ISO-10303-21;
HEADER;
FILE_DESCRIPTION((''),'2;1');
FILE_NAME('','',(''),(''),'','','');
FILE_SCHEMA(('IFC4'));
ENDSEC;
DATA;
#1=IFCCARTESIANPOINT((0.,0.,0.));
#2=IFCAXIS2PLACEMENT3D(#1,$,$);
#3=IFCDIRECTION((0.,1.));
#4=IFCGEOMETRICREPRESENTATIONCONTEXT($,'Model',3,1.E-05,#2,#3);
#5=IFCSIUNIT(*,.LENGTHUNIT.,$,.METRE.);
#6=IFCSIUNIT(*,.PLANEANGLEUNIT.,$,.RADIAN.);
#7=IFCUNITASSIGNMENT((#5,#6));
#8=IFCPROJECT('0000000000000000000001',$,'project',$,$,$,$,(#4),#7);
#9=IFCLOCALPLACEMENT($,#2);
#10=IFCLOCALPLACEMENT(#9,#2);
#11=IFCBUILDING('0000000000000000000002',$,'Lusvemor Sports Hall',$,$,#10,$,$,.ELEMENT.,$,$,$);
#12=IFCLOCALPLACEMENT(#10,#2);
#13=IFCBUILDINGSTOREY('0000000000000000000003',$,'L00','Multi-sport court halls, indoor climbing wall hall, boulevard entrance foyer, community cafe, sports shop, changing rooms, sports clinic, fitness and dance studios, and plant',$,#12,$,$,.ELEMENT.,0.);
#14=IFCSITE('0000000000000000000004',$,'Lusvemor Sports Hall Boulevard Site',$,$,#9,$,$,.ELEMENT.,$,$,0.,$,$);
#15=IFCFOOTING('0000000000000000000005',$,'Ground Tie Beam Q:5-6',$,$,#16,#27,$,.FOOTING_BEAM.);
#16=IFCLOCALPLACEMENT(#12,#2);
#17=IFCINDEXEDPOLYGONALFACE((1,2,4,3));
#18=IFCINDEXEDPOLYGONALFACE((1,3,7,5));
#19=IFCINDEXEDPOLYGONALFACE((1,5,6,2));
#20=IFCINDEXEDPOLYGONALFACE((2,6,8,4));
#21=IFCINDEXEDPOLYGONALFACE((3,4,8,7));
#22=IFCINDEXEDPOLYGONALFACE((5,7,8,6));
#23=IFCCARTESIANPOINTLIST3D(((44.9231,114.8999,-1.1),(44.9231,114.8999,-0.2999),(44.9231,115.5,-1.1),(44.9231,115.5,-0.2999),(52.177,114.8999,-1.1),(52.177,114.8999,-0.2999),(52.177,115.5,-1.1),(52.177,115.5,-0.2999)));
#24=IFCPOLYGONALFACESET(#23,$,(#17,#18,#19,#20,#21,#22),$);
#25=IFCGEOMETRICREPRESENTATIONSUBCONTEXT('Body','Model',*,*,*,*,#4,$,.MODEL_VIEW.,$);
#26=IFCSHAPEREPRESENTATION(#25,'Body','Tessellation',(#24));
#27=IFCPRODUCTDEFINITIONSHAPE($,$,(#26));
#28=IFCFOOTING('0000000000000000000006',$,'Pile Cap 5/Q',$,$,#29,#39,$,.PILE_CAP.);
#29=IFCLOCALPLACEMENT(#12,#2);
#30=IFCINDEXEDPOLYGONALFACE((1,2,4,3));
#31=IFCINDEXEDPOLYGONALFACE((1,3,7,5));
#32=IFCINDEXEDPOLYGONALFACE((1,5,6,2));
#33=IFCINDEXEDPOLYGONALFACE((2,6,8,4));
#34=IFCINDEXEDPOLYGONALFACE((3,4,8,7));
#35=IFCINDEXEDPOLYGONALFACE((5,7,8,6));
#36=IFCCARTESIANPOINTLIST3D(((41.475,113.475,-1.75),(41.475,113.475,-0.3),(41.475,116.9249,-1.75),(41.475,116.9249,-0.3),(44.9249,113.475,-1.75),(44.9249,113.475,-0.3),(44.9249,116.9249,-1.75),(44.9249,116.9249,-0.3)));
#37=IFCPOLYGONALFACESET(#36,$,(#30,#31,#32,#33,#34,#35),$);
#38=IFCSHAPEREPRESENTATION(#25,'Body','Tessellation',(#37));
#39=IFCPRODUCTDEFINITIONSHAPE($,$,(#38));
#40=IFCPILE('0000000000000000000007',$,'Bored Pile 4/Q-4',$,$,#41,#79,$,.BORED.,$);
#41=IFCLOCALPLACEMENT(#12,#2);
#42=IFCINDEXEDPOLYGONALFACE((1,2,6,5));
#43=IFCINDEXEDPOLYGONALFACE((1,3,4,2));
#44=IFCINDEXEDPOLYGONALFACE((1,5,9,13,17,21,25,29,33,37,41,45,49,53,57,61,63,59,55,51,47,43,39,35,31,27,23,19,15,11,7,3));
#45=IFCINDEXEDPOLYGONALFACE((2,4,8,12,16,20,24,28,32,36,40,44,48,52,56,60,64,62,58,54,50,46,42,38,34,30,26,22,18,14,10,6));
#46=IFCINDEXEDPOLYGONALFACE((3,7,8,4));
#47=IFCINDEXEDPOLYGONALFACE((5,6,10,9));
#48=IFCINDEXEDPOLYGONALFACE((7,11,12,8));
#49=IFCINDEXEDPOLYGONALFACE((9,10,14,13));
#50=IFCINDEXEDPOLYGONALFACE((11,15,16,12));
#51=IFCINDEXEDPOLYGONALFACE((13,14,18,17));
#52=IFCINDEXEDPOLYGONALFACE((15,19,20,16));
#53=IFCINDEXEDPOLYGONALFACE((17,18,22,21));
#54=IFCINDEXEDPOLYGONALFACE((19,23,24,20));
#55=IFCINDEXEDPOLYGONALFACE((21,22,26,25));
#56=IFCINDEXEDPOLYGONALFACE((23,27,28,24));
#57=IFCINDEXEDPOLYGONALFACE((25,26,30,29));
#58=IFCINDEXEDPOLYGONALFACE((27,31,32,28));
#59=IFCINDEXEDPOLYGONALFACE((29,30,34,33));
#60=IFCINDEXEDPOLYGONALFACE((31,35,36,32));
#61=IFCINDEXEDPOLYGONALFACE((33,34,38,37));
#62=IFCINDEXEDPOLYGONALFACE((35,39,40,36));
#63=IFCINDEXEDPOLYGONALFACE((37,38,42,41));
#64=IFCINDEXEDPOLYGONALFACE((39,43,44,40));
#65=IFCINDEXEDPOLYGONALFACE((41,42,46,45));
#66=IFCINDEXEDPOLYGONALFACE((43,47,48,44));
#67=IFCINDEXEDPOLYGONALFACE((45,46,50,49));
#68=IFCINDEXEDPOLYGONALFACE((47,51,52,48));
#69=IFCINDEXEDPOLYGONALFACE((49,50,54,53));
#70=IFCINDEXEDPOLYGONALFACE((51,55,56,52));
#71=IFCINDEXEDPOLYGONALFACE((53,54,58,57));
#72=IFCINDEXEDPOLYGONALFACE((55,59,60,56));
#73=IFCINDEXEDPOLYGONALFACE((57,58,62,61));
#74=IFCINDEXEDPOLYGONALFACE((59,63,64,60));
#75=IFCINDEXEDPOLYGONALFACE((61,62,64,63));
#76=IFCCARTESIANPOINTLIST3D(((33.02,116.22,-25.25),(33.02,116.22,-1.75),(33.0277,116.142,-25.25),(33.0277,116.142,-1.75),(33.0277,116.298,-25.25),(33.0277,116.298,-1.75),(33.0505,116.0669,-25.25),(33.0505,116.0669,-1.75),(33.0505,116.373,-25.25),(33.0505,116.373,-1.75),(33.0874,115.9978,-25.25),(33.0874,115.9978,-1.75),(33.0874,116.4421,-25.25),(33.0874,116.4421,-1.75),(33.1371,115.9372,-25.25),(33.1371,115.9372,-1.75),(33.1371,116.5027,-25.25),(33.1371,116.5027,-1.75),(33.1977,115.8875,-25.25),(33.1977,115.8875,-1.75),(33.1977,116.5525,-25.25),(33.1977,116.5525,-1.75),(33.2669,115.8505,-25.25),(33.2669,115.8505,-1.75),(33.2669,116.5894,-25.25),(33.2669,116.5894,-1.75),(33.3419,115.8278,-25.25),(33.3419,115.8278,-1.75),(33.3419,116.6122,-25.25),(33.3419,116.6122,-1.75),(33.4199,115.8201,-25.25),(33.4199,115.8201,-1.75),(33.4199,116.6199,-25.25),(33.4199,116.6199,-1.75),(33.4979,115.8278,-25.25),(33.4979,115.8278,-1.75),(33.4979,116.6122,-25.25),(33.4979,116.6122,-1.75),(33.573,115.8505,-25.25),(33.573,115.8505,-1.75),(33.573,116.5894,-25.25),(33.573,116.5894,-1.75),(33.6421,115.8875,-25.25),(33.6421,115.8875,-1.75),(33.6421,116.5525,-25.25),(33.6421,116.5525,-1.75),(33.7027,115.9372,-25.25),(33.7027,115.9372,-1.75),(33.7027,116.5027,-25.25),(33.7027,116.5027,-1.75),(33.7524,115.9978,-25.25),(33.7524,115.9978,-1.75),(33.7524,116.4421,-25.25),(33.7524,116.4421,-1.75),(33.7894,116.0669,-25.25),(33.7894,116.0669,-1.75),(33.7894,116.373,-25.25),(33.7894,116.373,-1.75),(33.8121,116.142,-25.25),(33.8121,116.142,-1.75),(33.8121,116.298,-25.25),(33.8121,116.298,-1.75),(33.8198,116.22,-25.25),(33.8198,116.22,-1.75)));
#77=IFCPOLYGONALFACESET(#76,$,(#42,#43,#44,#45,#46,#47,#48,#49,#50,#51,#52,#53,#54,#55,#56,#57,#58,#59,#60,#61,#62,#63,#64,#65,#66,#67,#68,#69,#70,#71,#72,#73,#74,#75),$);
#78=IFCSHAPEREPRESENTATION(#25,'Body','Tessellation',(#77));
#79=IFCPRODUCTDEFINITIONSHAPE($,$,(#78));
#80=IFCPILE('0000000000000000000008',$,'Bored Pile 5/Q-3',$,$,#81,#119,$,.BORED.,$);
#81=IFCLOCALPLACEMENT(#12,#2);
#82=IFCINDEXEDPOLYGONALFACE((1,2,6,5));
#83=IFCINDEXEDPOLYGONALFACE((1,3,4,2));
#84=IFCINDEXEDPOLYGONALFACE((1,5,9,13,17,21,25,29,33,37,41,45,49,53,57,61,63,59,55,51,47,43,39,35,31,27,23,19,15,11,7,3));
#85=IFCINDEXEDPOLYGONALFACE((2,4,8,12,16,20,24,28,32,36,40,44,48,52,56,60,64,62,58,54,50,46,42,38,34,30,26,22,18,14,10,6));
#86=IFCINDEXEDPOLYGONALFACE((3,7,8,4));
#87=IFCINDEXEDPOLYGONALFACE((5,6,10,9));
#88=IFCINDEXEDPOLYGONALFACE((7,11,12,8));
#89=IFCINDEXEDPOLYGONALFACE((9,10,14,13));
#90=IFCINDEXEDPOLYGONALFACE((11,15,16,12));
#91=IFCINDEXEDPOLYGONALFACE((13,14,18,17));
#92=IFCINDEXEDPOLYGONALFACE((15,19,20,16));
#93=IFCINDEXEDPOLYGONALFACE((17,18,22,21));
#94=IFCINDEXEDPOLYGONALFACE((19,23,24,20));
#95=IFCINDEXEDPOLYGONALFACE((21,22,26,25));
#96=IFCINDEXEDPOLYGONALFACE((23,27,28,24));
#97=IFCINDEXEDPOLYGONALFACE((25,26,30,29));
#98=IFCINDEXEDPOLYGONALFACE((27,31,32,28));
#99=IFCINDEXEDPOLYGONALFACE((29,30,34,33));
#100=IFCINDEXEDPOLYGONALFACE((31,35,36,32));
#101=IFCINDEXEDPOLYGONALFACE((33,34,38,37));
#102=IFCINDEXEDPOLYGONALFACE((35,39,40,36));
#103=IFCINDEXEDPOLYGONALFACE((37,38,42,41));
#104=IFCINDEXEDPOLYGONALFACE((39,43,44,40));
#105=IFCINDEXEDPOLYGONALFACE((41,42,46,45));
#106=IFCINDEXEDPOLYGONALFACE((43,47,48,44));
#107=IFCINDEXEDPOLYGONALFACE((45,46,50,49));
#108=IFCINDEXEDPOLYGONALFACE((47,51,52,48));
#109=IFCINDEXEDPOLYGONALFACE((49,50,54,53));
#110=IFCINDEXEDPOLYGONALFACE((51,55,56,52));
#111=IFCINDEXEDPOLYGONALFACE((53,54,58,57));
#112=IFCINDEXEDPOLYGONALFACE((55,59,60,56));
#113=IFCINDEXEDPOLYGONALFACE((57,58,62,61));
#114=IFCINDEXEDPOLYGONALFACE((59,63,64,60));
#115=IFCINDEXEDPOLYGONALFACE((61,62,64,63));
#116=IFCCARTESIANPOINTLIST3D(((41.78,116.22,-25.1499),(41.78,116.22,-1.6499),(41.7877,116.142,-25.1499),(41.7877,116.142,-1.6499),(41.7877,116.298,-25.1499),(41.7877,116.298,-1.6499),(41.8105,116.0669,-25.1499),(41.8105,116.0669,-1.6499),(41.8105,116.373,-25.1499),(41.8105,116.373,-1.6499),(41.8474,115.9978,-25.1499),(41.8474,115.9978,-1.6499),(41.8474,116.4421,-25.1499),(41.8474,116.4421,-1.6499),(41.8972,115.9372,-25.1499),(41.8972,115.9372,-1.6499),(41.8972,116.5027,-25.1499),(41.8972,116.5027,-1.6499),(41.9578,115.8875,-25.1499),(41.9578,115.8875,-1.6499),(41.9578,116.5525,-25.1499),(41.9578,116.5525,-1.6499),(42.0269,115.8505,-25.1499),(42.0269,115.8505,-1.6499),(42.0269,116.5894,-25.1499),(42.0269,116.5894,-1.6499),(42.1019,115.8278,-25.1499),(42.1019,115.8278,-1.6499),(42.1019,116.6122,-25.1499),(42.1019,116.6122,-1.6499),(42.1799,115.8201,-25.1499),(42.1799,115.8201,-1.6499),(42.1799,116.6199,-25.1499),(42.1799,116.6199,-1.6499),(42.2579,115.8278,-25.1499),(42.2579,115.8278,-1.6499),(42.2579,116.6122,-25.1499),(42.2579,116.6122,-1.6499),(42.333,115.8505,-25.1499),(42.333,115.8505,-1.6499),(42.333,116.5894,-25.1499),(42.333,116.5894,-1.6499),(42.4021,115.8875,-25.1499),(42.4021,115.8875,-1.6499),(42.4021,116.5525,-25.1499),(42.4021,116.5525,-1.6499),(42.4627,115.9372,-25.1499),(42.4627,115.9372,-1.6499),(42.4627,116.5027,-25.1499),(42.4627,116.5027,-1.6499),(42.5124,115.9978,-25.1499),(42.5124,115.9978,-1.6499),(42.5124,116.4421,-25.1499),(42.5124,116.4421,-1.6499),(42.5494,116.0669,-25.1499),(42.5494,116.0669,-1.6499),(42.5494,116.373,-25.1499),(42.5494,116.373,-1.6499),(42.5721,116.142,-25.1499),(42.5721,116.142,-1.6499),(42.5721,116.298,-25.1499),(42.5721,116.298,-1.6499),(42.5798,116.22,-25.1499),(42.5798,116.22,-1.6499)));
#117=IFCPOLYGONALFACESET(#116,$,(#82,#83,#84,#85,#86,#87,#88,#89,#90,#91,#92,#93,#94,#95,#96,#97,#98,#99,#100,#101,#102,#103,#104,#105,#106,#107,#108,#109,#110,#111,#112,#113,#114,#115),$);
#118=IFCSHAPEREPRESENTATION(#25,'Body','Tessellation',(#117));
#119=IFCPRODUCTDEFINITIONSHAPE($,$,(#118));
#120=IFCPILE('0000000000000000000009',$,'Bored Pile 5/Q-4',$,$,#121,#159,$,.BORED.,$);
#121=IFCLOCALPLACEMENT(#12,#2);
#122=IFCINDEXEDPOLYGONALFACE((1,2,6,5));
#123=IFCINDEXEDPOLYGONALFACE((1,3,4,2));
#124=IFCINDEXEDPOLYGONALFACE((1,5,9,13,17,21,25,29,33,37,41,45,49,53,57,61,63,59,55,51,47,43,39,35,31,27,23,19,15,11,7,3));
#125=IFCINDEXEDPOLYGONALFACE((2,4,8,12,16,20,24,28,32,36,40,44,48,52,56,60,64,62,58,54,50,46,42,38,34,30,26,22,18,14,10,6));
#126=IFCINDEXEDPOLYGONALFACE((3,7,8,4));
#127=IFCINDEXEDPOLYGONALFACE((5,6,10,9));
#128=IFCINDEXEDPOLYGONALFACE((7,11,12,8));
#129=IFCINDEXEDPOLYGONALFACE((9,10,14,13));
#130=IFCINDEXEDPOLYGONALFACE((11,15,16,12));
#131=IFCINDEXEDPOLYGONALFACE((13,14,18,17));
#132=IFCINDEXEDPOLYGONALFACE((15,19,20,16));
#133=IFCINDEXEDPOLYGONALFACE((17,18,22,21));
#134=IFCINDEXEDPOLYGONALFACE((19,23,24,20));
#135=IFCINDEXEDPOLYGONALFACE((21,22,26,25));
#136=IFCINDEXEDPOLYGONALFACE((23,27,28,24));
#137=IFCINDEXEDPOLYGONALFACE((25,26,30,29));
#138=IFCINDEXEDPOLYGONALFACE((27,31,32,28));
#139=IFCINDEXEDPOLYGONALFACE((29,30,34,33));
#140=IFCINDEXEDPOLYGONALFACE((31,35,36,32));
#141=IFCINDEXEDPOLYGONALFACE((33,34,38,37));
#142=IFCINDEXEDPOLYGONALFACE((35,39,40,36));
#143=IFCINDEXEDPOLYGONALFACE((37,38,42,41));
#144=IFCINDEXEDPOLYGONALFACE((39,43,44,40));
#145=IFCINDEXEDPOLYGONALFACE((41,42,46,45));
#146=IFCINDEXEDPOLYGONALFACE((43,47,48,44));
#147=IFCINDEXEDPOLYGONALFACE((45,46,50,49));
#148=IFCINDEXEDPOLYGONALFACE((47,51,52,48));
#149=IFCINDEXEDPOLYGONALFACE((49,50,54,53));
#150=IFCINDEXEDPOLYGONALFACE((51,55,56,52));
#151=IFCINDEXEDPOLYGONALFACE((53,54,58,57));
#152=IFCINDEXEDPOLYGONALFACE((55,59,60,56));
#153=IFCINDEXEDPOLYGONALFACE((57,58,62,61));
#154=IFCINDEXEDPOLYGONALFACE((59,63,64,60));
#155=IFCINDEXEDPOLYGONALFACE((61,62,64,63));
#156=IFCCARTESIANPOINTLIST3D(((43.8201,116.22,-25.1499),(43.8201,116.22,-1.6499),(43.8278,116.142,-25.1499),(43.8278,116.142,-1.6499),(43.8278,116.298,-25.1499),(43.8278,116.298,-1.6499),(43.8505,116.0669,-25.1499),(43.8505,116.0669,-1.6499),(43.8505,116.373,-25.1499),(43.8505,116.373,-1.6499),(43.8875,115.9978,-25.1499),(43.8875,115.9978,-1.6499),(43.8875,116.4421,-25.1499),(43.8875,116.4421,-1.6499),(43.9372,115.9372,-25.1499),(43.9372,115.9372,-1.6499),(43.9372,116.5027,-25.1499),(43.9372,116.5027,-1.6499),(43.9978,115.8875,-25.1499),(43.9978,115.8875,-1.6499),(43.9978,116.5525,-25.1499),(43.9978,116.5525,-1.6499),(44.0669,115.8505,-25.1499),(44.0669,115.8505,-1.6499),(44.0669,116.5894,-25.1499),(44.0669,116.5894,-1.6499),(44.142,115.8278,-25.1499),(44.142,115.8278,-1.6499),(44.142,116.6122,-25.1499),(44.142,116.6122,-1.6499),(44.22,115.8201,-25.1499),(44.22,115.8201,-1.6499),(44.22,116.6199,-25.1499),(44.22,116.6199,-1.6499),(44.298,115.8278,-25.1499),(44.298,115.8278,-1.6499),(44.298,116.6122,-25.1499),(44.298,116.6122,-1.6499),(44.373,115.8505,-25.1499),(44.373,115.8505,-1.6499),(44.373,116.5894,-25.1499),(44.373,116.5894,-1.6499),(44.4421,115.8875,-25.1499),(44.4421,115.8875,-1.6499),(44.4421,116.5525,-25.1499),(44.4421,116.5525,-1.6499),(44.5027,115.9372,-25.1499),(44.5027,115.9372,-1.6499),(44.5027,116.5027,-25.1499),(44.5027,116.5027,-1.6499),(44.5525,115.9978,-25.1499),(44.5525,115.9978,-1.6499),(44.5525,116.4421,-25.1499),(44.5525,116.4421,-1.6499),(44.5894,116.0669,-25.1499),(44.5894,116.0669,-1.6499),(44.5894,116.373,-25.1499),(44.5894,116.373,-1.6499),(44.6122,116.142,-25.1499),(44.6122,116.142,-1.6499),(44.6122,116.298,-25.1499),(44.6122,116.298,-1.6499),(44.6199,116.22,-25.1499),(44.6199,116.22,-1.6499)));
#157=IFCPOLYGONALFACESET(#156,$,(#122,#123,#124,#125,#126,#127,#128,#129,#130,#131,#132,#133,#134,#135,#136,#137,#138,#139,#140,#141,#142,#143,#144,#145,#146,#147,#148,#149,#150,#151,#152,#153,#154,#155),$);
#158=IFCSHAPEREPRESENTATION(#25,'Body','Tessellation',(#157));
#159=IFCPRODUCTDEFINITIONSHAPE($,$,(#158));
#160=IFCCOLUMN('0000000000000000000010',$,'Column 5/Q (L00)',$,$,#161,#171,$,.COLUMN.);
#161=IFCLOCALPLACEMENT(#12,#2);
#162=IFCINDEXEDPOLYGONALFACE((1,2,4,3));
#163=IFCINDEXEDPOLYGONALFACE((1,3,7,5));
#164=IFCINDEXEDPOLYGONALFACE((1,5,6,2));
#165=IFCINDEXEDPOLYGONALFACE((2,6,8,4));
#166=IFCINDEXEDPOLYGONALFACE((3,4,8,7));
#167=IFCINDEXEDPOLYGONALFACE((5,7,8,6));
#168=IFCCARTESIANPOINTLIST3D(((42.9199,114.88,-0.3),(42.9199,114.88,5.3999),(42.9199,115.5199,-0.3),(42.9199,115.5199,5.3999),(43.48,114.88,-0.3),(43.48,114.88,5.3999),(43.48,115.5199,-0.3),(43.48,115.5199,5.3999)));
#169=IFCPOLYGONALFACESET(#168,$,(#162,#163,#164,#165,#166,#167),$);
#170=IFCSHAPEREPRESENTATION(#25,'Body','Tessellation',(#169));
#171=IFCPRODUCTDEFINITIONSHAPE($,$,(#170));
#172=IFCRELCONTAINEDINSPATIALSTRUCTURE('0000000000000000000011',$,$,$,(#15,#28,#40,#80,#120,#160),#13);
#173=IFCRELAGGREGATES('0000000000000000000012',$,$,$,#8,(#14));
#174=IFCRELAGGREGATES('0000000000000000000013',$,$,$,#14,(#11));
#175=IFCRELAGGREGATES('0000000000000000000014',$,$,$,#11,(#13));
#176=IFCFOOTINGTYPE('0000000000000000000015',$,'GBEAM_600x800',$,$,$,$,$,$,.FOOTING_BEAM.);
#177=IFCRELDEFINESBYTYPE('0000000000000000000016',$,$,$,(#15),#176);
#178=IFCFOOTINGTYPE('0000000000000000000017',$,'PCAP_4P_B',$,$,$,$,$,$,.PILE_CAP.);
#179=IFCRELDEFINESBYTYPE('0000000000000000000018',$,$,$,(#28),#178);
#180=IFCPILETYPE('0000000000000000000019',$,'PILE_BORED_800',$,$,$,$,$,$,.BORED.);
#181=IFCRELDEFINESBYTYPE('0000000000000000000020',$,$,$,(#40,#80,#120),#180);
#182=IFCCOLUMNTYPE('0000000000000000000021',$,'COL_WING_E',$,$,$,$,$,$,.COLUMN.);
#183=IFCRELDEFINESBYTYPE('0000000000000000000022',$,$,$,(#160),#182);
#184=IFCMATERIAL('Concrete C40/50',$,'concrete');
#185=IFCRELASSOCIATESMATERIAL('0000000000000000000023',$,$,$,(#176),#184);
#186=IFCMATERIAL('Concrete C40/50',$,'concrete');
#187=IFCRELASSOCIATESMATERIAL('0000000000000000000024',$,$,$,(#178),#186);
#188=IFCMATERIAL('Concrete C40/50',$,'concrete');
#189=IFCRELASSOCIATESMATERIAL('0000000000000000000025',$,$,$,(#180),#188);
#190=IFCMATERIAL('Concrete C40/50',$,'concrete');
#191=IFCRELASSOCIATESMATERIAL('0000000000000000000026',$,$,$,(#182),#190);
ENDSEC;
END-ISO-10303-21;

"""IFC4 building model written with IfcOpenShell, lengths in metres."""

from ifc_helpers import new_model, si_unit, direction, frame, origin, origin_2d, place, context, subcontext, project, spatial, rectangle, circle, extrude, material, material_profile, profile_set, type_object, element, save


model = new_model("IFC4")

# Units and contexts
model_context = context("Model", 3, precision=1e-05, world=origin(), true_north=direction((0.0, 1.0)))
body_context = subcontext(model_context, "Body", "Model", "MODEL_VIEW")
ifc_project = project(units=[si_unit("LENGTHUNIT", "METRE"), si_unit("PLANEANGLEUNIT", "RADIAN")], contexts=[model_context])

# Site, building, storey
site_placement = place(None, origin())
site = spatial("IfcSite", under=ifc_project, at=site_placement, Name="Lusvemor Sports Hall Boulevard Site", CompositionType="ELEMENT", RefElevation=0.0)
building_placement = place(site_placement, origin())
building = spatial("IfcBuilding", under=site, at=building_placement, Name="Lusvemor Sports Hall", CompositionType="ELEMENT")
storey_placement = place(building_placement, origin())
storey = spatial("IfcBuildingStorey", under=building, at=storey_placement, Name="L00", Description="Multi-sport court halls, indoor climbing wall hall, boulevard entrance foyer, community cafe, sports shop, changing rooms, sports clinic, fitness and dance studios, and plant", CompositionType="ELEMENT", Elevation=0.0)

# Footings
ifc_material_1 = material(Name="Concrete C40/50", Category="concrete")
ifc_material_profile_1 = material_profile(ifc_material_1, rectangle(XDim=0.6001, YDim=0.8, at=origin_2d()), Name="GB_600x800")
ifc_profile_set_1 = profile_set([ifc_material_profile_1], Name="Concrete C40/50")
footing_type_1 = type_object("IfcFootingType", Name="GBEAM_600x800", PredefinedType="FOOTING_BEAM", material=ifc_profile_set_1)
footing_1_placement = place(storey_placement, frame((44.9231, 115.2, -0.7), z_axis=(1.0, 0.0, 0.0), x_axis=(0.0, 1.0, 0.0)))
element("IfcFooting", 1, at=footing_1_placement, inside=storey, type_object=footing_type_1, Name="Ground Tie Beam Q:5-6", PredefinedType="FOOTING_BEAM", context=body_context, shape_type="SweptSolid", body=[
    extrude(rectangle(XDim=0.6001, YDim=0.8, at=origin_2d()), origin(), (0.0, 0.0, 1.0), 7.2539),
])
ifc_material_2 = material(Name="Concrete C40/50", Category="concrete")
footing_type_2 = type_object("IfcFootingType", Name="PCAP_4P_B", PredefinedType="PILE_CAP", material=ifc_material_2)
footing_2_placement = place(storey_placement, frame((43.2, 115.2, -1.75), z_axis=(0.0, 0.0, 1.0), x_axis=(1.0, 0.0, 0.0)))
element("IfcFooting", 2, at=footing_2_placement, inside=storey, type_object=footing_type_2, Name="Pile Cap 5/Q", PredefinedType="PILE_CAP", context=body_context, shape_type="SweptSolid", body=[
    extrude(rectangle(XDim=3.45, YDim=3.45, at=origin_2d()), origin(), (0.0, 0.0, 1.0), 1.45),
])

# Piles
ifc_material_3 = material(Name="Concrete C40/50", Category="concrete")
ifc_material_profile_2 = material_profile(ifc_material_3, circle(Radius=0.3999, at=origin_2d()), Name="PILE800")
ifc_profile_set_2 = profile_set([ifc_material_profile_2], Name="Concrete C40/50")
pile_type = type_object("IfcPileType", Name="PILE_BORED_800", PredefinedType="BORED", material=ifc_profile_set_2)
for number, where, z_axis, x_axis, name in (
    (3, (33.4199, 116.22, -1.75), (0.0, 0.0, -1.0), (1.0, 0.0, 0.0), "Bored Pile 4/Q-4"),
    (4, (42.1799, 116.22, -1.6499), (0.0, 0.0, -1.0), (1.0, 0.0, 0.0), "Bored Pile 5/Q-3"),
    (5, (44.22, 116.22, -1.6499), (0.0, 0.0, -1.0), (1.0, 0.0, 0.0), "Bored Pile 5/Q-4"),
):
    element("IfcPile", number, at=place(storey_placement, frame(where, z_axis=z_axis, x_axis=x_axis)), inside=storey, type_object=pile_type, Name=name, PredefinedType="BORED", context=body_context, shape_type="SweptSolid", body=[
        extrude(circle(Radius=0.3999, at=origin_2d()), origin(), (0.0, 0.0, 1.0), 23.5),
    ])

# Column
ifc_material_4 = material(Name="Concrete C40/50", Category="concrete")
ifc_material_profile_3 = material_profile(ifc_material_4, rectangle(XDim=0.5601, YDim=0.6399, at=origin_2d()), Name="RC560x640")
ifc_profile_set_3 = profile_set([ifc_material_profile_3], Name="Concrete C40/50")
column_type = type_object("IfcColumnType", Name="COL_WING_E", PredefinedType="COLUMN", material=ifc_profile_set_3)
column_placement = place(storey_placement, frame((43.2, 115.2, -0.3), z_axis=(0.0, 0.0, 1.0), x_axis=(1.0, 0.0, 0.0)))
element("IfcColumn", 6, at=column_placement, inside=storey, type_object=column_type, Name="Column 5/Q (L00)", PredefinedType="COLUMN", context=body_context, shape_type="SweptSolid", body=[
    extrude(rectangle(XDim=0.5601, YDim=0.6399, at=origin_2d()), origin(), (0.0, 0.0, 1.0), 5.7),
])

save(model, "model.ifc")
